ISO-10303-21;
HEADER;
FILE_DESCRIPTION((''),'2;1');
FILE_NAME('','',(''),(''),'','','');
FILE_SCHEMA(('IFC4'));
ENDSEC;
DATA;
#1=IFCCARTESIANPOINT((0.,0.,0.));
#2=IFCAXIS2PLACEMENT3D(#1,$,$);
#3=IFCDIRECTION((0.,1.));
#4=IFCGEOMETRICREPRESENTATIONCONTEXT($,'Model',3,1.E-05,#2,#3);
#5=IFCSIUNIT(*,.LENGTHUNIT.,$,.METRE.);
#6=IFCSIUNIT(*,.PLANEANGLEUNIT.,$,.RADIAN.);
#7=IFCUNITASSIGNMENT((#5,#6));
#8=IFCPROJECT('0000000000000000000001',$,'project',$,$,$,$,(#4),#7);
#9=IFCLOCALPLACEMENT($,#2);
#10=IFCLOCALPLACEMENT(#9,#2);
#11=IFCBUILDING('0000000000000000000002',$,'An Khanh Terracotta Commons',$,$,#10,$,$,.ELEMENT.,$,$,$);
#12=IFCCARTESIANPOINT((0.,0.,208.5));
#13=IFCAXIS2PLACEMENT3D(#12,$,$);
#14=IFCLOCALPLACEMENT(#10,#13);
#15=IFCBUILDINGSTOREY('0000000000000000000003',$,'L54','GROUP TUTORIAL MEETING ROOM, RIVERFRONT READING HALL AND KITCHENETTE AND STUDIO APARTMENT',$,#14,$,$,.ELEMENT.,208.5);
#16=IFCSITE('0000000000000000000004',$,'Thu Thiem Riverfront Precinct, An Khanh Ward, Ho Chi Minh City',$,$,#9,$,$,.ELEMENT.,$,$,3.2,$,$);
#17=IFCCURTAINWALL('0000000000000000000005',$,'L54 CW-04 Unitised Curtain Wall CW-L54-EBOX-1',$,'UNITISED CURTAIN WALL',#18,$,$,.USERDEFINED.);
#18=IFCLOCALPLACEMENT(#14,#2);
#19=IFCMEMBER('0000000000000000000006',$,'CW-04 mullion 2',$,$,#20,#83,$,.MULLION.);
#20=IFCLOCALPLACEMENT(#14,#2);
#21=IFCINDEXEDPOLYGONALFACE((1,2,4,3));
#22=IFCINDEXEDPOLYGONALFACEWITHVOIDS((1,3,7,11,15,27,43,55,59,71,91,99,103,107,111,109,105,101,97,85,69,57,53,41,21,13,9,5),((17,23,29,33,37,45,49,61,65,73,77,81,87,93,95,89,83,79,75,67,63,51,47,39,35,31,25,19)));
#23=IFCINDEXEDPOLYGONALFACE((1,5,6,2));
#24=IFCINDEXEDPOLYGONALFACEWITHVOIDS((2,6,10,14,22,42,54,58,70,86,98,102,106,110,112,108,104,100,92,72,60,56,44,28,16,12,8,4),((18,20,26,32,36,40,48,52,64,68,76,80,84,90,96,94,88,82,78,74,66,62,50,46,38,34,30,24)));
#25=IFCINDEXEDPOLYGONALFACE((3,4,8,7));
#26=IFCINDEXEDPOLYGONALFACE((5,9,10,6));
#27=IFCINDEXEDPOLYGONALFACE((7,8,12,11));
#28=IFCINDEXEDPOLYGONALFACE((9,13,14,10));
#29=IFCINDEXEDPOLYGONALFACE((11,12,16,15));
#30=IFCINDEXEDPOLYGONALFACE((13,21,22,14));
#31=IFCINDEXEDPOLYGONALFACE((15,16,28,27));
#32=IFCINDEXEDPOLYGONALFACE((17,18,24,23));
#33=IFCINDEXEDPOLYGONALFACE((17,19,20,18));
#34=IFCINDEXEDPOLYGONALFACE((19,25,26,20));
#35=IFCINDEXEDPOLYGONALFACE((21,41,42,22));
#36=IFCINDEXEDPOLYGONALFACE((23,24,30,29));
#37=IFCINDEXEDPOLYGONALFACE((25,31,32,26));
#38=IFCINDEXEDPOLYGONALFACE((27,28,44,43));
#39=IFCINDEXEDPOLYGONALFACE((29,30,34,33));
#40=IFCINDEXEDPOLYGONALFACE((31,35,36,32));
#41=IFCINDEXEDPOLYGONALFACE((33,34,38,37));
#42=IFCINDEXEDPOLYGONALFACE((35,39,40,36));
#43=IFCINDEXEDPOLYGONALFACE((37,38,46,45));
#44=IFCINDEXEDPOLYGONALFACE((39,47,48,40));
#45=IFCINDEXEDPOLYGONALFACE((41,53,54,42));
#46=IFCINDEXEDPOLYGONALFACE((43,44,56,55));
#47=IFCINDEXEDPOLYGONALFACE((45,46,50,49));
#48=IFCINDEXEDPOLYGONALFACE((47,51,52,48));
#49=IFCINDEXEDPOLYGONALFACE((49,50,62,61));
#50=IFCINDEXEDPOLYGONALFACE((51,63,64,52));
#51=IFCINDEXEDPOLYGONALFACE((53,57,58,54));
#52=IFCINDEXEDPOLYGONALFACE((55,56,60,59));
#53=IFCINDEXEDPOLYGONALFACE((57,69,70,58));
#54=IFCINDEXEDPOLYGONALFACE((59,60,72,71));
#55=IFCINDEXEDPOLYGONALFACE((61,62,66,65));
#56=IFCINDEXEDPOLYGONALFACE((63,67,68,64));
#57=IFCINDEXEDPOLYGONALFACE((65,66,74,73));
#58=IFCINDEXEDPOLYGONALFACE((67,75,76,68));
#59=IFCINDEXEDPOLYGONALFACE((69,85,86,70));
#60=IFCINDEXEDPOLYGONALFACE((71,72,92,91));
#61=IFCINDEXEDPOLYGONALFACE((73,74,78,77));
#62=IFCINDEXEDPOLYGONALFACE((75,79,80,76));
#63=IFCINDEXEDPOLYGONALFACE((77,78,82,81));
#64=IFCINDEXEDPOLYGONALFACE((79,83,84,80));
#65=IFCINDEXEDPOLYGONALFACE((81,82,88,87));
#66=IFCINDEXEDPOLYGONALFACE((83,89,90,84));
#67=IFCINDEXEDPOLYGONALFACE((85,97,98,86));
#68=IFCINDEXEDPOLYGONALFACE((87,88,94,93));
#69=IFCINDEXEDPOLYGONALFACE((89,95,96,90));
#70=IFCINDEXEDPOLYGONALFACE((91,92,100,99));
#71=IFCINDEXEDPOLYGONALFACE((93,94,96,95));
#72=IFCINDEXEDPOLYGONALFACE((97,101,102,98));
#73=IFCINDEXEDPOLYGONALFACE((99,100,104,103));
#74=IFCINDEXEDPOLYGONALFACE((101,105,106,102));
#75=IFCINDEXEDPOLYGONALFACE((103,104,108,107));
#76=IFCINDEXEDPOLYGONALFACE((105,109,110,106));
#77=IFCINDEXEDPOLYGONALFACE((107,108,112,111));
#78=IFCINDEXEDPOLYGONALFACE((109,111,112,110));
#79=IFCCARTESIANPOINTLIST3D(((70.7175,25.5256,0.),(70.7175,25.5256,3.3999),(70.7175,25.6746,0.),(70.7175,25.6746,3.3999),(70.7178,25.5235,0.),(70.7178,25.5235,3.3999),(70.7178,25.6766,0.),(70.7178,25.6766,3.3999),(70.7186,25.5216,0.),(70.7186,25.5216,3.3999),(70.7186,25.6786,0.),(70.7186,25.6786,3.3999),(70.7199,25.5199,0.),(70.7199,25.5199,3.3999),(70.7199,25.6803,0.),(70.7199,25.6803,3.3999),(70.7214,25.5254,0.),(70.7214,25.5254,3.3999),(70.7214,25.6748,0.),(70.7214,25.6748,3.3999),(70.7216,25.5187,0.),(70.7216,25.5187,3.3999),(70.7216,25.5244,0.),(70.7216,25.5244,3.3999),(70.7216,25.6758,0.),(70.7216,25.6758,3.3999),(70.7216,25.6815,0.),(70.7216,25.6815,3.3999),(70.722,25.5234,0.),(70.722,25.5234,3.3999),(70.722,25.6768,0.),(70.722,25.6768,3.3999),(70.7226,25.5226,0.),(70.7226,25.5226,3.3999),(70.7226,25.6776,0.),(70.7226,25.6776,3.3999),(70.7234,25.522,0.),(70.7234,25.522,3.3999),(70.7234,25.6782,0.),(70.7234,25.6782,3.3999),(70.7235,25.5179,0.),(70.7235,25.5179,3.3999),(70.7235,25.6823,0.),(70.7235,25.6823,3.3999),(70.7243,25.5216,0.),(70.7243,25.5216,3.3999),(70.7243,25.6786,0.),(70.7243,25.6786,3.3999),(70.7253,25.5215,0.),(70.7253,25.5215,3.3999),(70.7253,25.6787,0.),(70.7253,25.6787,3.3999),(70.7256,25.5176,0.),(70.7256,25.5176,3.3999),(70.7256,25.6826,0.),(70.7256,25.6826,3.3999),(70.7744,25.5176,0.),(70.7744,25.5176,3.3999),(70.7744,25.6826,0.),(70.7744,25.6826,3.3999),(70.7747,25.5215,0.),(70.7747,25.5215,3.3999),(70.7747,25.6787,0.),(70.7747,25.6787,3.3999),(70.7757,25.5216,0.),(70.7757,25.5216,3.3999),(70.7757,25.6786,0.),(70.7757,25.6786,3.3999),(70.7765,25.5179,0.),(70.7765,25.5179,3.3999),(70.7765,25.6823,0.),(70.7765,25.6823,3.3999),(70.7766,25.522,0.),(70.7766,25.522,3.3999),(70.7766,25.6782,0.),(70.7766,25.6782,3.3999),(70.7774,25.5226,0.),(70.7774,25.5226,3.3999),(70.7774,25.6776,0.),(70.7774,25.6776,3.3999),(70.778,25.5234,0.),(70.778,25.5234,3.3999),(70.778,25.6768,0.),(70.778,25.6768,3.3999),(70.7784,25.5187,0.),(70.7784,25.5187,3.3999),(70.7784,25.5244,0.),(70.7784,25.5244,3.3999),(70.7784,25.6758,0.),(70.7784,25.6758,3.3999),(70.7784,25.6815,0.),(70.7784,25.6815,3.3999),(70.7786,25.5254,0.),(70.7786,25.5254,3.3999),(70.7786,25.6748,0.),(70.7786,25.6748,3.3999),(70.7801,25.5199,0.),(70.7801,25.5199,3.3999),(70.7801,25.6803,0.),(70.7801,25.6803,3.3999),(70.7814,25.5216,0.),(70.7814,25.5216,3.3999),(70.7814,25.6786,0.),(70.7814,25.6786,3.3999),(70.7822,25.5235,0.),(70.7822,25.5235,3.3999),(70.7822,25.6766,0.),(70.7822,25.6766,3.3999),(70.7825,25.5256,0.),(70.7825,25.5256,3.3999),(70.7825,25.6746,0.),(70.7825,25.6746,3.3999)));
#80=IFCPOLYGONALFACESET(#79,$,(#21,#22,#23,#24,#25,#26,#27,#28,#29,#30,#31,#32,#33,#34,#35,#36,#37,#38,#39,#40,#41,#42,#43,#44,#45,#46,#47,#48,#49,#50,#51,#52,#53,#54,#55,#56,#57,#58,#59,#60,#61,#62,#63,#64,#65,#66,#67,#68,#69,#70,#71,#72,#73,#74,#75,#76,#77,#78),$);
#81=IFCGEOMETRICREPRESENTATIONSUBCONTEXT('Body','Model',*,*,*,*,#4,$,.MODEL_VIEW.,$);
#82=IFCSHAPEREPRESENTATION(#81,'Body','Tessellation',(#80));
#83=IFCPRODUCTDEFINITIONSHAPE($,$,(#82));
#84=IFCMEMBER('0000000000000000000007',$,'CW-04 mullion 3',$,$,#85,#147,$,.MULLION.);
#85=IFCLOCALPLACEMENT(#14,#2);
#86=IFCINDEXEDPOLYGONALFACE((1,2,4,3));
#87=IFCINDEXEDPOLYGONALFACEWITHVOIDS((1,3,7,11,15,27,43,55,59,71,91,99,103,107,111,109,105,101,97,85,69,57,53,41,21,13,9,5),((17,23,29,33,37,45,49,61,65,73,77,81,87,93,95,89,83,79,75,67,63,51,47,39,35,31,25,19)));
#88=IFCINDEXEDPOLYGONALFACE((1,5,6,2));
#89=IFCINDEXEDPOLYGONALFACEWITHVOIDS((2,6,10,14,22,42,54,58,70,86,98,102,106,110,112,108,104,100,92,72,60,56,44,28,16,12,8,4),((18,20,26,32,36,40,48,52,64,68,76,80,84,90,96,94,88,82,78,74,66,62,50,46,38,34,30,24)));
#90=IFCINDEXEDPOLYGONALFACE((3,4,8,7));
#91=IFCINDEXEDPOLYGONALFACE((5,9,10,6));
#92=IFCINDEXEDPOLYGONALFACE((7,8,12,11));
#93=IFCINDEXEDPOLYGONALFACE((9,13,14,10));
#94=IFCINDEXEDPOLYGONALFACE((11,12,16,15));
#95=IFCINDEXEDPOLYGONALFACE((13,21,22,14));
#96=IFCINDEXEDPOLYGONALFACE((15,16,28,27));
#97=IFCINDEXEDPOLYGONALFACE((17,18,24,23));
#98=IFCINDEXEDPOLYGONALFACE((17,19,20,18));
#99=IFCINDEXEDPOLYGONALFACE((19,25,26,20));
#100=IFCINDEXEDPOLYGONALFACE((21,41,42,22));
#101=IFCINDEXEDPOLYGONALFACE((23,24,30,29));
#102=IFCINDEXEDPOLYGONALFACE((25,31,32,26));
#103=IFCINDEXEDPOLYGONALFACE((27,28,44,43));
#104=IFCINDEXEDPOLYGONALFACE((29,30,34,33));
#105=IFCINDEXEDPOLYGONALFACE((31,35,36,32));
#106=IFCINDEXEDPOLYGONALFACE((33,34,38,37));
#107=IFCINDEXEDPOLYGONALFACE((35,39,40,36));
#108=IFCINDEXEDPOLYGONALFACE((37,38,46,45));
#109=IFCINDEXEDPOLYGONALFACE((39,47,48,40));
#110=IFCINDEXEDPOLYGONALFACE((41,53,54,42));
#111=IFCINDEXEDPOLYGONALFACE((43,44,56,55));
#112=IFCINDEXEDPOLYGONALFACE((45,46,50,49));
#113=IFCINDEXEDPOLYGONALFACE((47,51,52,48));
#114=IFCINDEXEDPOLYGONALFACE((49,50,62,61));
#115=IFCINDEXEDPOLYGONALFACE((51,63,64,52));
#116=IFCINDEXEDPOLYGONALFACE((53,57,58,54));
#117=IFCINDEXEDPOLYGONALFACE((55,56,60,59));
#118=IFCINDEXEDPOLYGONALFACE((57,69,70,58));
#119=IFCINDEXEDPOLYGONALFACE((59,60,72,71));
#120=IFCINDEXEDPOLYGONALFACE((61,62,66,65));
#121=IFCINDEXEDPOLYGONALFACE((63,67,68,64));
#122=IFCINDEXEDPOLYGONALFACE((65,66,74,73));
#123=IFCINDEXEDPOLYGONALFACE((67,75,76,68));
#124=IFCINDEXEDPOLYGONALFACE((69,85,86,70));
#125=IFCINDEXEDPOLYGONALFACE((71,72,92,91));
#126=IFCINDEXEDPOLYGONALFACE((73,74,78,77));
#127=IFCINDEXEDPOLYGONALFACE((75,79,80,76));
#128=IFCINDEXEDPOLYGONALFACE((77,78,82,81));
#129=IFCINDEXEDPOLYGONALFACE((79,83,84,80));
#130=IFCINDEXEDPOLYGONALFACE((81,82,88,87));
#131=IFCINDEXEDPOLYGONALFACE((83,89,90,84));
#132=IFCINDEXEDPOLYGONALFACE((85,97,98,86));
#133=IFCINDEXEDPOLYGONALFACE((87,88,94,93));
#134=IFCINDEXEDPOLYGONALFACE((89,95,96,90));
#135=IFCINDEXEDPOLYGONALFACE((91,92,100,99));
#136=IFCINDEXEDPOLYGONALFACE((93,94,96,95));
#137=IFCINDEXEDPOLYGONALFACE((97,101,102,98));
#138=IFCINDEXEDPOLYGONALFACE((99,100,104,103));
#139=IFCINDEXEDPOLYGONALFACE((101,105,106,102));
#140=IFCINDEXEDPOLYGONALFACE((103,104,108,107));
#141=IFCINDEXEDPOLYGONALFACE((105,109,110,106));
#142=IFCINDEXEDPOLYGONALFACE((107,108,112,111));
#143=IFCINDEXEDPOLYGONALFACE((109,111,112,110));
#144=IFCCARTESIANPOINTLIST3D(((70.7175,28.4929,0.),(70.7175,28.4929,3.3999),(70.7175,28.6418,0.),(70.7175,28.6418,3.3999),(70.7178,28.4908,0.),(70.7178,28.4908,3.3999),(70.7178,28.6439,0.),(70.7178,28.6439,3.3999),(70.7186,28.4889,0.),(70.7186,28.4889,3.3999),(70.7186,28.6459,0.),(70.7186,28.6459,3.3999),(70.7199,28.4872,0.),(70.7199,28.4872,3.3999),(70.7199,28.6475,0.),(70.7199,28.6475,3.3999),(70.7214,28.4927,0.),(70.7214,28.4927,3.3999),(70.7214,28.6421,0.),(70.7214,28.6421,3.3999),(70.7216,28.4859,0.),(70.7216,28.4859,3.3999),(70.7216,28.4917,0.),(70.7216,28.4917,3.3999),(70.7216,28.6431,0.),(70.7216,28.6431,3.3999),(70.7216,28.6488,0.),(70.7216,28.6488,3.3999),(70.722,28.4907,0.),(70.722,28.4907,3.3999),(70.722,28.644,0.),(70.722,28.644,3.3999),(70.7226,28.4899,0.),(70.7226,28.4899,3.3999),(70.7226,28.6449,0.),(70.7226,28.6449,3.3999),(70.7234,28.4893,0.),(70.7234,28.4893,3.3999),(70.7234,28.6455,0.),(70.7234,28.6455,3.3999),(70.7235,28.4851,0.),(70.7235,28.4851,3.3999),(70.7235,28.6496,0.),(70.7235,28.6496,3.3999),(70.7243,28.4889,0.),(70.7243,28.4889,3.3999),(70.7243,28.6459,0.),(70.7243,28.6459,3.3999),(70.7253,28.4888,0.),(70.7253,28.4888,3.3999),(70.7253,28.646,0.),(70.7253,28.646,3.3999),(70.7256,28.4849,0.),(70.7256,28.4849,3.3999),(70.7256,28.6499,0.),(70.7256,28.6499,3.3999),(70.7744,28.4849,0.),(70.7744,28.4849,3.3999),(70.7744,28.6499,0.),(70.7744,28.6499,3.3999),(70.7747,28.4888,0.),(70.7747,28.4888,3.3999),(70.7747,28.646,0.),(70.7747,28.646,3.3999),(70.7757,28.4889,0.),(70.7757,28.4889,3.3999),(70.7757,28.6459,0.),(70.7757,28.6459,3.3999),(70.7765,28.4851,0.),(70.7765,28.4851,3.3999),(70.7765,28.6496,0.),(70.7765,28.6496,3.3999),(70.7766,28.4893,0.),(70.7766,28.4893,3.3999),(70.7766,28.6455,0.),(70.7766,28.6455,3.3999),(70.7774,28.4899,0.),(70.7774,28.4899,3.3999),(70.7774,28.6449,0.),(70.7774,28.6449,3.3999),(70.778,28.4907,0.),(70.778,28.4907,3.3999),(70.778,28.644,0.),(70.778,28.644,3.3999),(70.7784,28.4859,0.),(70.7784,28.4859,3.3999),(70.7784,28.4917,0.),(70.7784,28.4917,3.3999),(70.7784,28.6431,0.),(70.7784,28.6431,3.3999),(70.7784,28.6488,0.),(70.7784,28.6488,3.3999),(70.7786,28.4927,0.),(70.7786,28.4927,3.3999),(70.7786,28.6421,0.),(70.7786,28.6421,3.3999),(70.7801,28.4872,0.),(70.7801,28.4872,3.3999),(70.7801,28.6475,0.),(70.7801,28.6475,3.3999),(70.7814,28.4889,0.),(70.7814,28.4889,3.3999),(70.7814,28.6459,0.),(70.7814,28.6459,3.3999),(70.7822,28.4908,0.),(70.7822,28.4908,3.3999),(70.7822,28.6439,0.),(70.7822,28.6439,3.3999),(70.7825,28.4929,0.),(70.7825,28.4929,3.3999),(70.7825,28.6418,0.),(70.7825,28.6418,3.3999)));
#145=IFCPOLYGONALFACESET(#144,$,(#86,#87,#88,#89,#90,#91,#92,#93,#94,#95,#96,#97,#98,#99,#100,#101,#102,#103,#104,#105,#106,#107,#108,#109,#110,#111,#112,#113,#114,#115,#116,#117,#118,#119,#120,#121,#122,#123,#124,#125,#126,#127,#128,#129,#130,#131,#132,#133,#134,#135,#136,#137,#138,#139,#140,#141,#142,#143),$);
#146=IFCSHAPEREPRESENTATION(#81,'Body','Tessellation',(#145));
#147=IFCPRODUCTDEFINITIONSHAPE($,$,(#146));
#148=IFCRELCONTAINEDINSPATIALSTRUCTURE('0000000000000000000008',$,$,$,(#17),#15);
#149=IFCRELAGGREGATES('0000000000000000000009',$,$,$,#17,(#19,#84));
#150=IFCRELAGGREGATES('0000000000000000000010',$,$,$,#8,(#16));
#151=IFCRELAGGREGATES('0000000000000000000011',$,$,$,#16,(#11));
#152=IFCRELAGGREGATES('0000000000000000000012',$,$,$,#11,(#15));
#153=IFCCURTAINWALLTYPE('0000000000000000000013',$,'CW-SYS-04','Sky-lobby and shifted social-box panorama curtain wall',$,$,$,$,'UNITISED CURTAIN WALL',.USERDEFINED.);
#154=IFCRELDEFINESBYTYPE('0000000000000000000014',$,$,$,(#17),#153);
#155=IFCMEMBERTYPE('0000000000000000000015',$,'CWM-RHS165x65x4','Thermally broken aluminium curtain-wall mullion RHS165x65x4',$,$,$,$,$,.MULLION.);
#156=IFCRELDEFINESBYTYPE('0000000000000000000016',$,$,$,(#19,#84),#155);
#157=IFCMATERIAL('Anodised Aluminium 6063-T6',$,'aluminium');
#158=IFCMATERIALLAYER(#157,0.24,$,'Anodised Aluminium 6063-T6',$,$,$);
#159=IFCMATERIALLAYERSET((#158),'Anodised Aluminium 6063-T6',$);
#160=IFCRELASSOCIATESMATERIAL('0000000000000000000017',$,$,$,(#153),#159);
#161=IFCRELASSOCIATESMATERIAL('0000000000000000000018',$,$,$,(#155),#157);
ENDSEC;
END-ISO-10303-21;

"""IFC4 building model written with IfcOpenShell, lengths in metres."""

from ifc_helpers import new_model, si_unit, direction, frame, origin, origin_2d, place, context, subcontext, project, spatial, hollow_rectangle, extrude, material, layer, layer_set, material_profile, profile_set, type_object, element, aggregate, save


model = new_model("IFC4")

# Units and contexts
model_context = context("Model", 3, precision=1e-05, world=origin(), true_north=direction((0.0, 1.0)))
body_context = subcontext(model_context, "Body", "Model", "MODEL_VIEW")
ifc_project = project(units=[si_unit("LENGTHUNIT", "METRE"), si_unit("PLANEANGLEUNIT", "RADIAN")], contexts=[model_context])

# Site, building, storey
site_placement = place(None, origin())
site = spatial("IfcSite", under=ifc_project, at=site_placement, Name="Thu Thiem Riverfront Precinct, An Khanh Ward, Ho Chi Minh City", CompositionType="ELEMENT", RefElevation=3.2)
building_placement = place(site_placement, origin())
building = spatial("IfcBuilding", under=site, at=building_placement, Name="An Khanh Terracotta Commons", CompositionType="ELEMENT")
storey_placement = place(building_placement, frame((0.0, 0.0, 208.5)))
storey = spatial("IfcBuildingStorey", under=building, at=storey_placement, Name="L54", Description="GROUP TUTORIAL MEETING ROOM, RIVERFRONT READING HALL AND KITCHENETTE AND STUDIO APARTMENT", CompositionType="ELEMENT", Elevation=208.5)

# Curtain wall, members
ifc_material_1 = material(Name="Anodised Aluminium 6063-T6", Category="aluminium")
ifc_layer_1 = layer(ifc_material_1, 0.24, Name="Anodised Aluminium 6063-T6")
ifc_layer_set_1 = layer_set([ifc_layer_1], Name="Anodised Aluminium 6063-T6")
curtain_wall_type_1 = type_object("IfcCurtainWallType", Name="CW-SYS-04", Description="Sky-lobby and shifted social-box panorama curtain wall", ElementType="UNITISED CURTAIN WALL", PredefinedType="USERDEFINED", material=ifc_layer_set_1)
curtain_wall_1_placement = place(storey_placement, origin())
curtain_wall_1 = element("IfcCurtainWall", 1, at=curtain_wall_1_placement, inside=storey, type_object=curtain_wall_type_1, Name="L54 CW-04 Unitised Curtain Wall CW-L54-EBOX-1", ObjectType="UNITISED CURTAIN WALL", PredefinedType="USERDEFINED")
ifc_material_profile_1 = material_profile(ifc_material_1, hollow_rectangle(XDim=0.0649, YDim=0.165, WallThickness=0.0039, InnerFilletRadius=0.0039, OuterFilletRadius=0.0081, at=origin_2d()), Name="RHS165x65x4")
ifc_profile_set_1 = profile_set([ifc_material_profile_1], Name="Anodised Aluminium 6063-T6")
member_type_1 = type_object("IfcMemberType", Name="CWM-RHS165x65x4", Description="Thermally broken aluminium curtain-wall mullion RHS165x65x4", PredefinedType="MULLION", material=ifc_profile_set_1)
member_1_placement = place(storey_placement, frame((70.75, 25.6001, 0.0), z_axis=(0.0, 0.0, 1.0), x_axis=(-1.0, 0.0, 0.0)))
member_1 = element("IfcMember", 2, at=member_1_placement, type_object=member_type_1, Name="CW-04 mullion 2", PredefinedType="MULLION", context=body_context, shape_type="SweptSolid", body=[
    extrude(hollow_rectangle(XDim=0.0649, YDim=0.165, WallThickness=0.0039, InnerFilletRadius=0.0039, OuterFilletRadius=0.0081, at=origin_2d()), origin(), (0.0, 0.0, 1.0), 3.3999),
])
member_2_placement = place(storey_placement, frame((70.75, 28.5674, 0.0), z_axis=(0.0, 0.0, 1.0), x_axis=(-1.0, 0.0, 0.0)))
member_2 = element("IfcMember", 3, at=member_2_placement, type_object=member_type_1, Name="CW-04 mullion 3", PredefinedType="MULLION", context=body_context, shape_type="SweptSolid", body=[
    extrude(hollow_rectangle(XDim=0.0649, YDim=0.165, WallThickness=0.0039, InnerFilletRadius=0.0039, OuterFilletRadius=0.0081, at=origin_2d()), origin(), (0.0, 0.0, 1.0), 3.3999),
])

aggregate(curtain_wall_1, [member_1, member_2])

save(model, "model.ifc")
